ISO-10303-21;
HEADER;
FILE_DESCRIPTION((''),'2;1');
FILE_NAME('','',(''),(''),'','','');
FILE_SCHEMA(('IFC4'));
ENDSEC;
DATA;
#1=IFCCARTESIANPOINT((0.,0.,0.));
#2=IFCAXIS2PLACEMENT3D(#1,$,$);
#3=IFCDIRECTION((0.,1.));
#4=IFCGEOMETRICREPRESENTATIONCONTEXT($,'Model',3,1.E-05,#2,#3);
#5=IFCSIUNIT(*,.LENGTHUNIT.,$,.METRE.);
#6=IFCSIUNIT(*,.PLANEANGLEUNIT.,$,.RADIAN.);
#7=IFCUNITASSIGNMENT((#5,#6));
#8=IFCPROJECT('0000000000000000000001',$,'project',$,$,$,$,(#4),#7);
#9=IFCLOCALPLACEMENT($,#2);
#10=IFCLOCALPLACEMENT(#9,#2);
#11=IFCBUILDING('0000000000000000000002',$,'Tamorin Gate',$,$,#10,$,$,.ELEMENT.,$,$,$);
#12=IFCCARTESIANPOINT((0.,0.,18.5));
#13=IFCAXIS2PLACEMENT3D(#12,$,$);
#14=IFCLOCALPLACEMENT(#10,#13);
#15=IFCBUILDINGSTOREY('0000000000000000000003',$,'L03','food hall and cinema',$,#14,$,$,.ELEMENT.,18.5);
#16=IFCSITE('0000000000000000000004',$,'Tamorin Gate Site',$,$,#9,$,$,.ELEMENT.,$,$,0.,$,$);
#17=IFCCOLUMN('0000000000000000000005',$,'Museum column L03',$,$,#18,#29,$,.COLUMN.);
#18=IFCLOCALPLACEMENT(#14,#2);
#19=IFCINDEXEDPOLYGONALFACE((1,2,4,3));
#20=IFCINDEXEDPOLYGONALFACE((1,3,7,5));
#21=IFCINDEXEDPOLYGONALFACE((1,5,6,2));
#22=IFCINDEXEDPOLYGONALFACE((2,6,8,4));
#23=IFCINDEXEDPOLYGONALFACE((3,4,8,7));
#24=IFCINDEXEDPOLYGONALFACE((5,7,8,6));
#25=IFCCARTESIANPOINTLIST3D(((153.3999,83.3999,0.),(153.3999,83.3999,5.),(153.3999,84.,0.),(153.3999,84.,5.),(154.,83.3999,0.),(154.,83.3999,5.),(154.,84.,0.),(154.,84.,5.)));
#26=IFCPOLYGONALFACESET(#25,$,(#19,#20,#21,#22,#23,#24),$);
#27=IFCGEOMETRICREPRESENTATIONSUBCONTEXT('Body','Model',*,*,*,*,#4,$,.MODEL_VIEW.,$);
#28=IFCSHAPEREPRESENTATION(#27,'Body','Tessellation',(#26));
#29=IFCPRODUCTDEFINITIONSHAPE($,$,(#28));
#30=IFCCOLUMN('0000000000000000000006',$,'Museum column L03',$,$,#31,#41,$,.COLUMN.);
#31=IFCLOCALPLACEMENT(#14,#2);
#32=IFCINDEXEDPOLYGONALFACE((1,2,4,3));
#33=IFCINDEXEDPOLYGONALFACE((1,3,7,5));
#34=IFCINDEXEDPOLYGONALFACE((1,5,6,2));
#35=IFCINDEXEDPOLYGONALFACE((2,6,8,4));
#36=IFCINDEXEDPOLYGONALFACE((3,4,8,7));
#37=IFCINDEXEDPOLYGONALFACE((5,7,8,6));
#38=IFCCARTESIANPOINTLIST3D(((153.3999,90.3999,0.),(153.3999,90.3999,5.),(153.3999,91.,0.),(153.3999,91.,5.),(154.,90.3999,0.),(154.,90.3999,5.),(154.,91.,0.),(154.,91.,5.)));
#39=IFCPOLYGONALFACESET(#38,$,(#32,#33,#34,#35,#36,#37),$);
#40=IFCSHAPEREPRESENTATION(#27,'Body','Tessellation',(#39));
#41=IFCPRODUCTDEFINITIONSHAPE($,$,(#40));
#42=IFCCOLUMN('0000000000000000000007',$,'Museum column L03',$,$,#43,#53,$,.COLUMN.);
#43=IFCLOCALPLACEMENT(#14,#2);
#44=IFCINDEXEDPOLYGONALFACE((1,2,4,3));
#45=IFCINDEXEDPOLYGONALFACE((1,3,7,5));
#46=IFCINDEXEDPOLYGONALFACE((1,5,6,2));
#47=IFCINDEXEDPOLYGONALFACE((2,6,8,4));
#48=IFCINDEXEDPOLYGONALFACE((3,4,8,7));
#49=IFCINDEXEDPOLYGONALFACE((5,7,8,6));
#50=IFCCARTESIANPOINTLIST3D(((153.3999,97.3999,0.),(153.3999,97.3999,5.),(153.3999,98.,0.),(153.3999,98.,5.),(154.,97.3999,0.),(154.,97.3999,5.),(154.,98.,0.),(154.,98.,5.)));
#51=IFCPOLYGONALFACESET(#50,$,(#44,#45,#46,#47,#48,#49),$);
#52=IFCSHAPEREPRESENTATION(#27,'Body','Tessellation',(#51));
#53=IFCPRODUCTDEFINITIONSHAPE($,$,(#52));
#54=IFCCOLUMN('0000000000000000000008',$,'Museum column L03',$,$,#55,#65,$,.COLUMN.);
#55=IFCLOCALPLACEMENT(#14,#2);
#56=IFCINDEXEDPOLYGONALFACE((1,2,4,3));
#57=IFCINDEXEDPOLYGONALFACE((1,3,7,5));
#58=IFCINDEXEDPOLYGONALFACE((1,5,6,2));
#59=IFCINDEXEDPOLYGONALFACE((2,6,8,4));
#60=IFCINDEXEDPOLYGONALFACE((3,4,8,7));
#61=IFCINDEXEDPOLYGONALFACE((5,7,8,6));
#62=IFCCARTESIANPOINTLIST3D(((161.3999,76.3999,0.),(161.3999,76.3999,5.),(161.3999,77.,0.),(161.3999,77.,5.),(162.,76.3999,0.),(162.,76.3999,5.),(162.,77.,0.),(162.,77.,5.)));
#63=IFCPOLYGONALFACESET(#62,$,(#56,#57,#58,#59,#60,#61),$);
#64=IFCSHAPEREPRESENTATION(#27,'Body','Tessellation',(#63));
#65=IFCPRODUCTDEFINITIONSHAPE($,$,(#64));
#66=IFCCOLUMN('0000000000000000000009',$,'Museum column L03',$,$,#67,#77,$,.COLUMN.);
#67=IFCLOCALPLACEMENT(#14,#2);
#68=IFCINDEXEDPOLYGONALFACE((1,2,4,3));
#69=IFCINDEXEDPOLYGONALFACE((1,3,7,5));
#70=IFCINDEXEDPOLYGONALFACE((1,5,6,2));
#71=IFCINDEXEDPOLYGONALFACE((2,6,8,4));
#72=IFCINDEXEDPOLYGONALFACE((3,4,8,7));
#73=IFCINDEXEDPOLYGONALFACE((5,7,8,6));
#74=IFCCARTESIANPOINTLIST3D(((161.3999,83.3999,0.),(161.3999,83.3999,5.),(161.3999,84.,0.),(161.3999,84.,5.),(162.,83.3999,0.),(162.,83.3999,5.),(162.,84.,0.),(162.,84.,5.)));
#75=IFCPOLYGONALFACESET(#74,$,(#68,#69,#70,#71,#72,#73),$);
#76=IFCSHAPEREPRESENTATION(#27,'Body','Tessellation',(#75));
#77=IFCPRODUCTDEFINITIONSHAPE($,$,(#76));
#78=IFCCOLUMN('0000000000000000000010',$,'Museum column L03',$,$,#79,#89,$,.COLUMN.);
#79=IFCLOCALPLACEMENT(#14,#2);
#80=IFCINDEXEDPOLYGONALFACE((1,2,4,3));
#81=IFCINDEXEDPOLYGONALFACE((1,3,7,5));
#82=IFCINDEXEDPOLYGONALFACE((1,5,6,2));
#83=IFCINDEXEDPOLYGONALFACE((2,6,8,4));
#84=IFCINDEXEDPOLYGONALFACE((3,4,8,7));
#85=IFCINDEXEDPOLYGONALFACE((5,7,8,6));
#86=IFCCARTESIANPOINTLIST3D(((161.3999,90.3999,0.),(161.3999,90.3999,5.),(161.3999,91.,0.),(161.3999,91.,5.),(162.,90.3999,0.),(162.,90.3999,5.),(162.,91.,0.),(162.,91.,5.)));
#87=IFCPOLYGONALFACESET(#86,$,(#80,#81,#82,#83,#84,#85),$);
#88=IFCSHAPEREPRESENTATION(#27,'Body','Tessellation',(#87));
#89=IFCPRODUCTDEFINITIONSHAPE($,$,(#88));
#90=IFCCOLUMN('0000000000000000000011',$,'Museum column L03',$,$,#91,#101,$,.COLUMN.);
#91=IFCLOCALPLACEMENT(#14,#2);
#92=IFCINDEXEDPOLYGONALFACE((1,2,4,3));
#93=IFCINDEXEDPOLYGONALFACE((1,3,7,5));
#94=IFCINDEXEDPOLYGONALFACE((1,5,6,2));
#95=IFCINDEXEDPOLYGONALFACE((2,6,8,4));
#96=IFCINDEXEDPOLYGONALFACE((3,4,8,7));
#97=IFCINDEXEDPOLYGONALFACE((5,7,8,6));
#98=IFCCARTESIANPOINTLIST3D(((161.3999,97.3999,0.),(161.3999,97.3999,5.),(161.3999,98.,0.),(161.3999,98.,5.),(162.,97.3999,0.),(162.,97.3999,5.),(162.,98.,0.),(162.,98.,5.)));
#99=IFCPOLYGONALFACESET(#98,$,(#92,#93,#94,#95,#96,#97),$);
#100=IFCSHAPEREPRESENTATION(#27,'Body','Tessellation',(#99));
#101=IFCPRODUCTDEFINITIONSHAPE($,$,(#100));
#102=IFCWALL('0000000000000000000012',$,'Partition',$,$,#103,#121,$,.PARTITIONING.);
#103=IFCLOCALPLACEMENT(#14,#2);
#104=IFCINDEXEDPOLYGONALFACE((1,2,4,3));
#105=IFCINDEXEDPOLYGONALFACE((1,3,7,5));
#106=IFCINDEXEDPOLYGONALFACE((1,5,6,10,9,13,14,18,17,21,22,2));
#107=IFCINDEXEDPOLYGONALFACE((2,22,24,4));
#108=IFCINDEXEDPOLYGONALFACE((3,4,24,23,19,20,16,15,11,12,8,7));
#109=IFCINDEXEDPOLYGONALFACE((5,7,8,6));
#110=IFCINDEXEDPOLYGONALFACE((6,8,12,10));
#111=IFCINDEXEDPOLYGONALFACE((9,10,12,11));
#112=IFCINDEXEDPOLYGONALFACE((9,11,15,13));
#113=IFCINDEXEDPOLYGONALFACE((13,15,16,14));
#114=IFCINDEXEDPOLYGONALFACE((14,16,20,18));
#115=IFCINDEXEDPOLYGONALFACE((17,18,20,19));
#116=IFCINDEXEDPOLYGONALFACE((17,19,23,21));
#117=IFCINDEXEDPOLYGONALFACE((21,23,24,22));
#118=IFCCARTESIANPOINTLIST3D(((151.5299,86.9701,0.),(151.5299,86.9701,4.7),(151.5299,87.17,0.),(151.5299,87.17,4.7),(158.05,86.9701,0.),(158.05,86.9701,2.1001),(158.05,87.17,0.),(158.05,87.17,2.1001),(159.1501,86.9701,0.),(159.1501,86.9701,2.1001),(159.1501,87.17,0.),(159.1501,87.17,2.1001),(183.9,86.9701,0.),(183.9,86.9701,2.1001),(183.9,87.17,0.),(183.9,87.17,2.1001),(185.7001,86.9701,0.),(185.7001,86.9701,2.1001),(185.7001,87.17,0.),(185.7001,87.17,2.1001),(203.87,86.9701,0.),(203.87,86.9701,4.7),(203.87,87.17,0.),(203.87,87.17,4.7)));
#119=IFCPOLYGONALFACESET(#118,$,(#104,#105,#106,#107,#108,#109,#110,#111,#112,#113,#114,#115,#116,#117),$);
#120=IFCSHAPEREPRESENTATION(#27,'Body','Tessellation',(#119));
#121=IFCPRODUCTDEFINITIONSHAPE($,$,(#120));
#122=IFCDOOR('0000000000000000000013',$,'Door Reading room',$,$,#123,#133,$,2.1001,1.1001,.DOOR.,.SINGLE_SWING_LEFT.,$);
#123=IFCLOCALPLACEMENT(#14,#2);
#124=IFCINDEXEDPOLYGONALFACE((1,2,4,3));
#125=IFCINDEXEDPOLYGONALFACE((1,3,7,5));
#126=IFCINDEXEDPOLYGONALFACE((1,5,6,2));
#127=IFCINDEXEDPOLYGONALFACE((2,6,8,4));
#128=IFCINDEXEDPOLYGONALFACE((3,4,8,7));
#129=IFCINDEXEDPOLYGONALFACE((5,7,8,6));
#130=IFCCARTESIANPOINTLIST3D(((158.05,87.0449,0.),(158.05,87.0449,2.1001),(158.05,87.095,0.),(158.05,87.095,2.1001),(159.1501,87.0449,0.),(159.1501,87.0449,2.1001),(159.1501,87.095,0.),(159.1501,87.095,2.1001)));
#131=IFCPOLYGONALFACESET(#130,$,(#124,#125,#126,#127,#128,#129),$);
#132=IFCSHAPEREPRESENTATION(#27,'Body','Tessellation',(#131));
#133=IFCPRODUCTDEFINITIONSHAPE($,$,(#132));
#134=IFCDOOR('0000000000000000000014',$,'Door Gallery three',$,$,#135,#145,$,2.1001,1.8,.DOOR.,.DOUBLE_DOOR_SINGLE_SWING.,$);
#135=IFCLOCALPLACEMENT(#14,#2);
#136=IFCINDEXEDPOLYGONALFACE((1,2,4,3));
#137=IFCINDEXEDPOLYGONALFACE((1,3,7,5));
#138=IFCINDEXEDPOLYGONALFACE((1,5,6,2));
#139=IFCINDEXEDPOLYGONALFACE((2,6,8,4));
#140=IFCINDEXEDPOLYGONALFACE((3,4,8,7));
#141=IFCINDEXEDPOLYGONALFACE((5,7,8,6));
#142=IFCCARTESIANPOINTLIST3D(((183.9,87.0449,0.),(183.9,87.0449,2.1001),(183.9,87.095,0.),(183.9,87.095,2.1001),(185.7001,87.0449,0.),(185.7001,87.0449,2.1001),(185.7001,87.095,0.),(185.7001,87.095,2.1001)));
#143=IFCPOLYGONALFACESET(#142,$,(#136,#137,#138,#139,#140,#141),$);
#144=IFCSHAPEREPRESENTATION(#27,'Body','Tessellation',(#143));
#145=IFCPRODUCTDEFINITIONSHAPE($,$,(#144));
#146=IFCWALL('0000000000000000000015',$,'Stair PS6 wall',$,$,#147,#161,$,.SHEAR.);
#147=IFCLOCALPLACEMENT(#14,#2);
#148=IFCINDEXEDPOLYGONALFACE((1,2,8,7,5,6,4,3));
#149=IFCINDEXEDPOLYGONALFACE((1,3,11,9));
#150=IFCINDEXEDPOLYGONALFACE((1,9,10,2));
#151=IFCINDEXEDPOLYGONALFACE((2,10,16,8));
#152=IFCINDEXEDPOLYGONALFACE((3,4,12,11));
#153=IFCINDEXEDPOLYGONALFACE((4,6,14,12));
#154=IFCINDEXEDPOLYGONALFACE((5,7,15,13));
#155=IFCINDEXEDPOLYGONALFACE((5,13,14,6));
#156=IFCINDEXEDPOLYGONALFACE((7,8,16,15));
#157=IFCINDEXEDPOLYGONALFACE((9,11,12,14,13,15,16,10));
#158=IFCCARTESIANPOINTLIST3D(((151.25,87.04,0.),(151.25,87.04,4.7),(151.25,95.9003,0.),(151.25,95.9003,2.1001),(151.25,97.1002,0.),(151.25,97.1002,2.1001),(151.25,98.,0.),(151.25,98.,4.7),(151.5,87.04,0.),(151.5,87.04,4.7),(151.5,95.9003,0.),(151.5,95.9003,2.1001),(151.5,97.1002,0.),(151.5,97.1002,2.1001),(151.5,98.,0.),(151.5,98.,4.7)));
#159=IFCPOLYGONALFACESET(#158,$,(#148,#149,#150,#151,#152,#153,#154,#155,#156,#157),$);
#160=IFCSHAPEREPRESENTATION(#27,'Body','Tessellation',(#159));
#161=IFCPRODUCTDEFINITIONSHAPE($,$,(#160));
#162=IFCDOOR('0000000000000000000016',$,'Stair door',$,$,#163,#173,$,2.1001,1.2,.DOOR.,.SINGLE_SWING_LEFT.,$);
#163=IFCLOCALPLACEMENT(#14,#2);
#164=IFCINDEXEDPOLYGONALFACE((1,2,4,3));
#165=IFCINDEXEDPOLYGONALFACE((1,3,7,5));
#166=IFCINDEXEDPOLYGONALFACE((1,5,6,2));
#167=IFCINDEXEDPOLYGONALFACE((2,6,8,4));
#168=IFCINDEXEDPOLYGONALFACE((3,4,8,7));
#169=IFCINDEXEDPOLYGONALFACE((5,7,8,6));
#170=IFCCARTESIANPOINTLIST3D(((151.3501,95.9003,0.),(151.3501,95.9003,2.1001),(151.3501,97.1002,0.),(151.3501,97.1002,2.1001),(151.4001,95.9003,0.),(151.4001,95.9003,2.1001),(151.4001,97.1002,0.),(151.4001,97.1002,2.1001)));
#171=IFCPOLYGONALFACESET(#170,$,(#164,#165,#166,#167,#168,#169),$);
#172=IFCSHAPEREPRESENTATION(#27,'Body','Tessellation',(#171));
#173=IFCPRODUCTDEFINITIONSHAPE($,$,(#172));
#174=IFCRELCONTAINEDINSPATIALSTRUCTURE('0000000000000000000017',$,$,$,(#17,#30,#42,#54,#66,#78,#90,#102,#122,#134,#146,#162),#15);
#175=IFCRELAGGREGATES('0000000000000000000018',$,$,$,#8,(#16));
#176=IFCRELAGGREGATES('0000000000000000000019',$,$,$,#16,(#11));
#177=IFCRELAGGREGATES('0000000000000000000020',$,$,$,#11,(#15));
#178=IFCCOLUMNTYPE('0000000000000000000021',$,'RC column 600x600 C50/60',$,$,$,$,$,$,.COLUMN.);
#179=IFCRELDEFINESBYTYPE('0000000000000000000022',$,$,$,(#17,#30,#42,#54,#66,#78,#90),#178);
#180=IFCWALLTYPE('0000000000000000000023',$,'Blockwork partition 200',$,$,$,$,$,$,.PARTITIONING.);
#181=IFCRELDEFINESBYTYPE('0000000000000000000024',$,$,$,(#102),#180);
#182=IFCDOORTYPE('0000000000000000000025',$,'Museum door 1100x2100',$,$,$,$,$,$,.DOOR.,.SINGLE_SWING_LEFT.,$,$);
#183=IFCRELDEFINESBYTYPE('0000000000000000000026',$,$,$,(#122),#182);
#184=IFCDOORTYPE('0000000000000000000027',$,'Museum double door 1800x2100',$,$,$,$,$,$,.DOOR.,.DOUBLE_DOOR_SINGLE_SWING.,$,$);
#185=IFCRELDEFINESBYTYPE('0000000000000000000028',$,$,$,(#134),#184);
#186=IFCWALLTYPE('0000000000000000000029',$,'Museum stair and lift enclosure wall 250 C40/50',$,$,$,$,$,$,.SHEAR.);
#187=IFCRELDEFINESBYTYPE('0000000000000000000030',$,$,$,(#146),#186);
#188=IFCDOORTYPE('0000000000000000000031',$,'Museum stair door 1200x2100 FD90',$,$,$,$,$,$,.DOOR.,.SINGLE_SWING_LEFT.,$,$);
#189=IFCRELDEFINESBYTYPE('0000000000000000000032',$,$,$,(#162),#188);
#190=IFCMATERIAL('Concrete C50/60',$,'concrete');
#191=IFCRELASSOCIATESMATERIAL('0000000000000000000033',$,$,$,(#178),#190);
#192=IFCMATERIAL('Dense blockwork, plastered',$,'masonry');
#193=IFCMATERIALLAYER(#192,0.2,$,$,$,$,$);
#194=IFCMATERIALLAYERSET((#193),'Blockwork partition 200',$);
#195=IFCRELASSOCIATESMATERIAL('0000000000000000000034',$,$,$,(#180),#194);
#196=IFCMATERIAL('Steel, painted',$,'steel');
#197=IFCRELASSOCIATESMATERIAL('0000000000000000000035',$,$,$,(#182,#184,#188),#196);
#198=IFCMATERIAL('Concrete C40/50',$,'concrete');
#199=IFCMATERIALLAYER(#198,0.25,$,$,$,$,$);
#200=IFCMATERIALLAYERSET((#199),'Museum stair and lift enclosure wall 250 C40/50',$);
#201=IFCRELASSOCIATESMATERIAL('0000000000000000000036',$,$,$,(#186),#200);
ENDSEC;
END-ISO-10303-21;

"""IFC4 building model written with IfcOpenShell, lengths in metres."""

from ifc_helpers import new_model, si_unit, direction, frame, frame_2d, origin, origin_2d, place, context, subcontext, project, spatial, rectangle, extrude, material, layer, layer_set, material_profile, profile_set, type_object, element, fill, save


model = new_model("IFC4")

# Units and contexts
model_context = context("Model", 3, precision=1e-05, world=origin(), true_north=direction((0.0, 1.0)))
body_context = subcontext(model_context, "Body", "Model", "MODEL_VIEW")
ifc_project = project(units=[si_unit("LENGTHUNIT", "METRE"), si_unit("PLANEANGLEUNIT", "RADIAN")], contexts=[model_context])

# Site, building, storey
site_placement = place(None, origin())
site = spatial("IfcSite", under=ifc_project, at=site_placement, Name="Tamorin Gate Site", CompositionType="ELEMENT", RefElevation=0.0)
building_placement = place(site_placement, origin())
building = spatial("IfcBuilding", under=site, at=building_placement, Name="Tamorin Gate", CompositionType="ELEMENT")
storey_placement = place(building_placement, frame((0.0, 0.0, 18.5)))
storey = spatial("IfcBuildingStorey", under=building, at=storey_placement, Name="L03", Description="food hall and cinema", CompositionType="ELEMENT", Elevation=18.5)

# Columns
ifc_material_1 = material(Name="Concrete C50/60", Category="concrete")
ifc_material_profile = material_profile(ifc_material_1, rectangle(XDim=0.6001, YDim=0.6001, at=origin_2d()))
ifc_profile_set = profile_set([ifc_material_profile], Name="Concrete C50/60")
column_type = type_object("IfcColumnType", Name="RC column 600x600 C50/60", PredefinedType="COLUMN", material=ifc_profile_set)
for number, where, z_axis, x_axis, name in (
    (1, (153.7, 83.7, 0.0), (0.0, 0.0, 1.0), (1.0, 0.0, 0.0), "Museum column L03"),
    (2, (153.7, 90.7, 0.0), (0.0, 0.0, 1.0), (1.0, 0.0, 0.0), "Museum column L03"),
    (3, (153.7, 97.7, 0.0), (0.0, 0.0, 1.0), (1.0, 0.0, 0.0), "Museum column L03"),
    (4, (161.7, 76.7, 0.0), (0.0, 0.0, 1.0), (1.0, 0.0, 0.0), "Museum column L03"),
    (5, (161.7, 83.7, 0.0), (0.0, 0.0, 1.0), (1.0, 0.0, 0.0), "Museum column L03"),
    (6, (161.7, 90.7, 0.0), (0.0, 0.0, 1.0), (1.0, 0.0, 0.0), "Museum column L03"),
    (7, (161.7, 97.7, 0.0), (0.0, 0.0, 1.0), (1.0, 0.0, 0.0), "Museum column L03"),
):
    element("IfcColumn", number, at=place(storey_placement, frame(where, z_axis=z_axis, x_axis=x_axis)), inside=storey, type_object=column_type, Name=name, PredefinedType="COLUMN", context=body_context, shape_type="SweptSolid", body=[
        extrude(rectangle(XDim=0.6001, YDim=0.6001, at=origin_2d()), origin(), (0.0, 0.0, 1.0), 5.0),
    ])

# Wall, openings, doors
ifc_material_2 = material(Name="Dense blockwork, plastered", Category="masonry")
ifc_layer_1 = layer(ifc_material_2, 0.2)
ifc_layer_set_1 = layer_set([ifc_layer_1], Name="Blockwork partition 200")
wall_type_1 = type_object("IfcWallType", Name="Blockwork partition 200", PredefinedType="PARTITIONING", material=ifc_layer_set_1)
wall_1_placement = place(storey_placement, frame((151.53, 87.0701, 0.0), z_axis=(0.0, 0.0, 1.0), x_axis=(1.0, 0.0, 0.0)))
wall_1 = element("IfcWall", 8, at=wall_1_placement, inside=storey, type_object=wall_type_1, Name="Partition", PredefinedType="PARTITIONING", context=body_context, shape_type="SweptSolid", body=[
    extrude(rectangle(XDim=52.3401, YDim=0.2, at=frame_2d((26.1699, 0.0))), origin(), (0.0, 0.0, 1.0), 4.7),
])
opening_1_placement = place(wall_1_placement, frame((32.3701, 0.0, 0.0)))
opening_1 = element("IfcOpeningElement", 9, at=opening_1_placement, cuts=wall_1, PredefinedType="OPENING", context=body_context, shape_type="SweptSolid", body=[
    extrude(rectangle(XDim=1.8, YDim=2.1001, at=frame_2d((0.8999, 1.05))), frame((0.0, 0.1099, 0.0), z_axis=(0.0, -1.0, 0.0), x_axis=(1.0, 0.0, 0.0)), (0.0, 0.0, 1.0), 0.22),
])
opening_2_placement = place(wall_1_placement, frame((6.52, 0.0, 0.0)))
opening_2 = element("IfcOpeningElement", 10, at=opening_2_placement, cuts=wall_1, PredefinedType="OPENING", context=body_context, shape_type="SweptSolid", body=[
    extrude(rectangle(XDim=1.1001, YDim=2.1001, at=frame_2d((0.55, 1.05))), frame((0.0, 0.1099, 0.0), z_axis=(0.0, -1.0, 0.0), x_axis=(1.0, 0.0, 0.0)), (0.0, 0.0, 1.0), 0.22),
])
ifc_material_3 = material(Name="Steel, painted", Category="steel")
door_type_1 = type_object("IfcDoorType", Name="Museum door 1100x2100", OperationType="SINGLE_SWING_LEFT", PredefinedType="DOOR", material=ifc_material_3)
door_1_placement = place(opening_2_placement, origin())
door_1 = element("IfcDoor", 11, at=door_1_placement, inside=storey, type_object=door_type_1, Name="Door Reading room", OperationType="SINGLE_SWING_LEFT", OverallHeight=2.1001, OverallWidth=1.1001, PredefinedType="DOOR", context=body_context, shape_type="SweptSolid", body=[
    extrude(rectangle(XDim=1.1001, YDim=2.1001, at=frame_2d((0.55, 1.05))), frame((0.0, 0.0249, 0.0), z_axis=(0.0, -1.0, 0.0), x_axis=(1.0, 0.0, 0.0)), (0.0, 0.0, 1.0), 0.05),
])
fill(opening_2, door_1)
door_type_2 = type_object("IfcDoorType", Name="Museum double door 1800x2100", OperationType="DOUBLE_DOOR_SINGLE_SWING", PredefinedType="DOOR", material=ifc_material_3)
door_2_placement = place(opening_1_placement, origin())
door_2 = element("IfcDoor", 12, at=door_2_placement, inside=storey, type_object=door_type_2, Name="Door Gallery three", OperationType="DOUBLE_DOOR_SINGLE_SWING", OverallHeight=2.1001, OverallWidth=1.8, PredefinedType="DOOR", context=body_context, shape_type="SweptSolid", body=[
    extrude(rectangle(XDim=1.8, YDim=2.1001, at=frame_2d((0.8999, 1.05))), frame((0.0, 0.0249, 0.0), z_axis=(0.0, -1.0, 0.0), x_axis=(1.0, 0.0, 0.0)), (0.0, 0.0, 1.0), 0.05),
])
fill(opening_1, door_2)

# Wall, opening, door
ifc_material_4 = material(Name="Concrete C40/50", Category="concrete")
ifc_layer_2 = layer(ifc_material_4, 0.25)
ifc_layer_set_2 = layer_set([ifc_layer_2], Name="Museum stair and lift enclosure wall 250 C40/50")
wall_type_2 = type_object("IfcWallType", Name="Museum stair and lift enclosure wall 250 C40/50", PredefinedType="SHEAR", material=ifc_layer_set_2)
wall_2_placement = place(storey_placement, frame((151.375, 87.04, 0.0), z_axis=(0.0, 0.0, 1.0), x_axis=(0.0, 1.0, 0.0)))
wall_2 = element("IfcWall", 13, at=wall_2_placement, inside=storey, type_object=wall_type_2, Name="Stair PS6 wall", PredefinedType="SHEAR", context=body_context, shape_type="SweptSolid", body=[
    extrude(rectangle(XDim=10.96, YDim=0.25, at=frame_2d((5.48, 0.0))), origin(), (0.0, 0.0, 1.0), 4.7),
])
opening_3_placement = place(wall_2_placement, frame((8.8601, 0.0, 0.0)))
opening_3 = element("IfcOpeningElement", 14, at=opening_3_placement, cuts=wall_2, PredefinedType="OPENING", context=body_context, shape_type="SweptSolid", body=[
    extrude(rectangle(XDim=1.2, YDim=2.1001, at=frame_2d((0.6001, 1.05))), frame((0.0, 0.135, 0.0), z_axis=(0.0, -1.0, 0.0), x_axis=(1.0, 0.0, 0.0)), (0.0, 0.0, 1.0), 0.27),
])
door_type_3 = type_object("IfcDoorType", Name="Museum stair door 1200x2100 FD90", OperationType="SINGLE_SWING_LEFT", PredefinedType="DOOR", material=ifc_material_3)
door_3_placement = place(opening_3_placement, origin())
door_3 = element("IfcDoor", 15, at=door_3_placement, inside=storey, type_object=door_type_3, Name="Stair door", OperationType="SINGLE_SWING_LEFT", OverallHeight=2.1001, OverallWidth=1.2, PredefinedType="DOOR", context=body_context, shape_type="SweptSolid", body=[
    extrude(rectangle(XDim=1.2, YDim=2.1001, at=frame_2d((0.6001, 1.05))), frame((0.0, 0.0249, 0.0), z_axis=(0.0, -1.0, 0.0), x_axis=(1.0, 0.0, 0.0)), (0.0, 0.0, 1.0), 0.05),
])
fill(opening_3, door_3)

save(model, "model.ifc")
